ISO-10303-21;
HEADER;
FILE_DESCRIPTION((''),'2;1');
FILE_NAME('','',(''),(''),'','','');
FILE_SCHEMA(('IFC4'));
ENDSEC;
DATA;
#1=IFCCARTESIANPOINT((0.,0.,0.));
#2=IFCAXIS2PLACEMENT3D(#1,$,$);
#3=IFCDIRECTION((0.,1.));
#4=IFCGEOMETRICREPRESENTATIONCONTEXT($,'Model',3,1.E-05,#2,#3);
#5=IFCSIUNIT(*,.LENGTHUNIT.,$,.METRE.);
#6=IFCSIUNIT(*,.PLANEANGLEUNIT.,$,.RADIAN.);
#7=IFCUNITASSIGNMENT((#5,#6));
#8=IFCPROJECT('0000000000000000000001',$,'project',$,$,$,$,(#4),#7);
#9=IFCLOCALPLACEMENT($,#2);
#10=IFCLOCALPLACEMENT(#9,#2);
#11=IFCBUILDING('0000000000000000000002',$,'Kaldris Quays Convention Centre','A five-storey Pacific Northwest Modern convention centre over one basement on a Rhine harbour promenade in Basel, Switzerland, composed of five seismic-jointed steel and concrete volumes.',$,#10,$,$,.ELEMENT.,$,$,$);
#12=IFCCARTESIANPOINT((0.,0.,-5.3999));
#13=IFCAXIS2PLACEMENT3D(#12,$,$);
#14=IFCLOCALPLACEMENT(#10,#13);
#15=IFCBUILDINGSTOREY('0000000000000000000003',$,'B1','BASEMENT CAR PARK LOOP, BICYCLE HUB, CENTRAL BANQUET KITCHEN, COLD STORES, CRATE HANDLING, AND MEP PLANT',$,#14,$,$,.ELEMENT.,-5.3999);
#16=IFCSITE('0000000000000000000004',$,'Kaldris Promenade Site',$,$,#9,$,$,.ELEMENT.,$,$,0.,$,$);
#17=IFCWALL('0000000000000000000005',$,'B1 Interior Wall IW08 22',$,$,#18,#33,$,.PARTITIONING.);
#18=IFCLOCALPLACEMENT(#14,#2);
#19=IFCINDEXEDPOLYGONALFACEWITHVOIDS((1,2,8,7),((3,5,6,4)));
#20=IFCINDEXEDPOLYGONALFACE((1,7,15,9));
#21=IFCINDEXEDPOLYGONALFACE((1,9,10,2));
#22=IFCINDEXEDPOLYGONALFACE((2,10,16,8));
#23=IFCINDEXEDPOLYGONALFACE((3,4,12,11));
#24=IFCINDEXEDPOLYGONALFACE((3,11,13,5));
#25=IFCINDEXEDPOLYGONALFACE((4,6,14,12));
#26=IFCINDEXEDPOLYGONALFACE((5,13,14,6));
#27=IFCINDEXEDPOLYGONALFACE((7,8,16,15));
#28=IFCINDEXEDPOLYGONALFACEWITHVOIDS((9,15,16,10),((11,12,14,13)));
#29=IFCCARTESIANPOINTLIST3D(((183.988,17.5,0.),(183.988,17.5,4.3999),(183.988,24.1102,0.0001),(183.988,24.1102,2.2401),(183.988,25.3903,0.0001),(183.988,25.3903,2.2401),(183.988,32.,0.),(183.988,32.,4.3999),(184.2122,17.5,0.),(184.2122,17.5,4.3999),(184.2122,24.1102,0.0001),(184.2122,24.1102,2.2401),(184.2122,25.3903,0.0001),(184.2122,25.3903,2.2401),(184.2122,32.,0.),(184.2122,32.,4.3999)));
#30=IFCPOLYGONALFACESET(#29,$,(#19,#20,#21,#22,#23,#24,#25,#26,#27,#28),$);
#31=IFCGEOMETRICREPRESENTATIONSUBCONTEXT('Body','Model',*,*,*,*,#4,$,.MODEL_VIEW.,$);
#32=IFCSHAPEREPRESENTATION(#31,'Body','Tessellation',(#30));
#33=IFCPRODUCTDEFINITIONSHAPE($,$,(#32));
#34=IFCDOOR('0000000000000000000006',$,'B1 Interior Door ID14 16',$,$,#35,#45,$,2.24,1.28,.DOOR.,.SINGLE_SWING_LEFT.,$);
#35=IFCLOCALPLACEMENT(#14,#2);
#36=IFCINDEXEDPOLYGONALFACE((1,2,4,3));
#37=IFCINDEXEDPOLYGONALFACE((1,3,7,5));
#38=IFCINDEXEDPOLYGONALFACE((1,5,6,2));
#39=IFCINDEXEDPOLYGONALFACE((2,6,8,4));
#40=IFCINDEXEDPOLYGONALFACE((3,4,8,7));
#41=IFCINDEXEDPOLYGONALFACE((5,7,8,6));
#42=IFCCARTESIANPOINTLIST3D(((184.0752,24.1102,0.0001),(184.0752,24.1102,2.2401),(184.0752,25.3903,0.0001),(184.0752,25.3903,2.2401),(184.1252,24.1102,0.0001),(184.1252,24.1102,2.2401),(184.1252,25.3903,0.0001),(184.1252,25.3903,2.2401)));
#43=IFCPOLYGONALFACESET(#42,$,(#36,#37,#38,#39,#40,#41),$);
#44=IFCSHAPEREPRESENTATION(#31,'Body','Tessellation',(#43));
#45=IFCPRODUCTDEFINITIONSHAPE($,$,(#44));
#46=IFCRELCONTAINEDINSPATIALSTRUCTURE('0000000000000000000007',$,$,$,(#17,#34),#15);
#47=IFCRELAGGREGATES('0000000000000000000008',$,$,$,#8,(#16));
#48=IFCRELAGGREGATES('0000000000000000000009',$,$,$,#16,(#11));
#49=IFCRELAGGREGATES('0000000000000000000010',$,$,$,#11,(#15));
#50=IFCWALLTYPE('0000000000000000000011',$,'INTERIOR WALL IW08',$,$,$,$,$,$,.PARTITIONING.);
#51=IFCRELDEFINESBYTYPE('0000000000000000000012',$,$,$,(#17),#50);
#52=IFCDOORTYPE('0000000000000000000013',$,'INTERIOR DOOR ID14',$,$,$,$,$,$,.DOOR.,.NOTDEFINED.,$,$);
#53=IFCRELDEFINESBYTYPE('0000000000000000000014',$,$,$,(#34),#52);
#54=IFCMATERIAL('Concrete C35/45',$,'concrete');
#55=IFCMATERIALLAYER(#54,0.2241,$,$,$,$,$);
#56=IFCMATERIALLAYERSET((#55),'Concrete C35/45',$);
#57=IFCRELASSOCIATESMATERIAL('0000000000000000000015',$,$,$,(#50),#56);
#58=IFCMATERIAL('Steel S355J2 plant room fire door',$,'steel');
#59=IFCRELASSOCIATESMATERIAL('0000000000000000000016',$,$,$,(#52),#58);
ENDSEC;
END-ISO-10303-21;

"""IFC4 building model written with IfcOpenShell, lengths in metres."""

from ifc_helpers import new_model, si_unit, direction, frame, frame_2d, origin, place, context, subcontext, project, spatial, rectangle, extrude, material, layer, layer_set, type_object, element, fill, save


model = new_model("IFC4")

# Units and contexts
model_context = context("Model", 3, precision=1e-05, world=origin(), true_north=direction((0.0, 1.0)))
body_context = subcontext(model_context, "Body", "Model", "MODEL_VIEW")
ifc_project = project(units=[si_unit("LENGTHUNIT", "METRE"), si_unit("PLANEANGLEUNIT", "RADIAN")], contexts=[model_context])

# Site, building, storey
site_placement = place(None, origin())
site = spatial("IfcSite", under=ifc_project, at=site_placement, Name="Kaldris Promenade Site", CompositionType="ELEMENT", RefElevation=0.0)
building_placement = place(site_placement, origin())
building = spatial("IfcBuilding", under=site, at=building_placement, Name="Kaldris Quays Convention Centre", Description="A five-storey Pacific Northwest Modern convention centre over one basement on a Rhine harbour promenade in Basel, Switzerland, composed of five seismic-jointed steel and concrete volumes.", CompositionType="ELEMENT")
storey_placement = place(building_placement, frame((0.0, 0.0, -5.3999)))
storey = spatial("IfcBuildingStorey", under=building, at=storey_placement, Name="B1", Description="BASEMENT CAR PARK LOOP, BICYCLE HUB, CENTRAL BANQUET KITCHEN, COLD STORES, CRATE HANDLING, AND MEP PLANT", CompositionType="ELEMENT", Elevation=-5.3999)

# Shared definitions
ifc_material_1 = material(Name="Concrete C35/45", Category="concrete")

# Wall, opening, door
ifc_layer = layer(ifc_material_1, 0.2241)
ifc_layer_set = layer_set([ifc_layer], Name="Concrete C35/45")
wall_type = type_object("IfcWallType", Name="INTERIOR WALL IW08", PredefinedType="PARTITIONING", material=ifc_layer_set)
wall_placement = place(storey_placement, frame((184.1001, 17.5, 0.0), z_axis=(0.0, 0.0, 1.0), x_axis=(0.0, 1.0, 0.0)))
wall = element("IfcWall", 1, at=wall_placement, inside=storey, type_object=wall_type, Name="B1 Interior Wall IW08 22", PredefinedType="PARTITIONING", context=body_context, shape_type="SweptSolid", body=[
    extrude(rectangle(XDim=14.5, YDim=0.2241, at=frame_2d((7.25, 0.0))), origin(), (0.0, 0.0, 1.0), 4.3999),
])
opening_placement = place(wall_placement, frame((6.6101, 0.0, 0.0)))
opening = element("IfcOpeningElement", 2, at=opening_placement, cuts=wall, PredefinedType="OPENING", context=body_context, shape_type="SweptSolid", body=[
    extrude(rectangle(XDim=1.28, YDim=2.24, at=frame_2d((0.6401, 1.1201))), frame((0.0, 0.1221, 0.0), z_axis=(0.0, -1.0, 0.0), x_axis=(1.0, 0.0, 0.0)), (0.0, 0.0, 1.0), 0.2441),
])
ifc_material_2 = material(Name="Steel S355J2 plant room fire door", Category="steel")
door_type = type_object("IfcDoorType", Name="INTERIOR DOOR ID14", OperationType="NOTDEFINED", PredefinedType="DOOR", material=ifc_material_2)
door_placement = place(opening_placement, origin())
door = element("IfcDoor", 3, at=door_placement, inside=storey, type_object=door_type, Name="B1 Interior Door ID14 16", OperationType="SINGLE_SWING_LEFT", OverallHeight=2.24, OverallWidth=1.28, PredefinedType="DOOR", context=body_context, shape_type="SweptSolid", body=[
    extrude(rectangle(XDim=1.28, YDim=2.24, at=frame_2d((0.6401, 1.1201))), frame((0.0, 0.0249, 0.0), z_axis=(0.0, -1.0, 0.0), x_axis=(1.0, 0.0, 0.0)), (0.0, 0.0, 1.0), 0.05),
])
fill(opening, door)

save(model, "model.ifc")
